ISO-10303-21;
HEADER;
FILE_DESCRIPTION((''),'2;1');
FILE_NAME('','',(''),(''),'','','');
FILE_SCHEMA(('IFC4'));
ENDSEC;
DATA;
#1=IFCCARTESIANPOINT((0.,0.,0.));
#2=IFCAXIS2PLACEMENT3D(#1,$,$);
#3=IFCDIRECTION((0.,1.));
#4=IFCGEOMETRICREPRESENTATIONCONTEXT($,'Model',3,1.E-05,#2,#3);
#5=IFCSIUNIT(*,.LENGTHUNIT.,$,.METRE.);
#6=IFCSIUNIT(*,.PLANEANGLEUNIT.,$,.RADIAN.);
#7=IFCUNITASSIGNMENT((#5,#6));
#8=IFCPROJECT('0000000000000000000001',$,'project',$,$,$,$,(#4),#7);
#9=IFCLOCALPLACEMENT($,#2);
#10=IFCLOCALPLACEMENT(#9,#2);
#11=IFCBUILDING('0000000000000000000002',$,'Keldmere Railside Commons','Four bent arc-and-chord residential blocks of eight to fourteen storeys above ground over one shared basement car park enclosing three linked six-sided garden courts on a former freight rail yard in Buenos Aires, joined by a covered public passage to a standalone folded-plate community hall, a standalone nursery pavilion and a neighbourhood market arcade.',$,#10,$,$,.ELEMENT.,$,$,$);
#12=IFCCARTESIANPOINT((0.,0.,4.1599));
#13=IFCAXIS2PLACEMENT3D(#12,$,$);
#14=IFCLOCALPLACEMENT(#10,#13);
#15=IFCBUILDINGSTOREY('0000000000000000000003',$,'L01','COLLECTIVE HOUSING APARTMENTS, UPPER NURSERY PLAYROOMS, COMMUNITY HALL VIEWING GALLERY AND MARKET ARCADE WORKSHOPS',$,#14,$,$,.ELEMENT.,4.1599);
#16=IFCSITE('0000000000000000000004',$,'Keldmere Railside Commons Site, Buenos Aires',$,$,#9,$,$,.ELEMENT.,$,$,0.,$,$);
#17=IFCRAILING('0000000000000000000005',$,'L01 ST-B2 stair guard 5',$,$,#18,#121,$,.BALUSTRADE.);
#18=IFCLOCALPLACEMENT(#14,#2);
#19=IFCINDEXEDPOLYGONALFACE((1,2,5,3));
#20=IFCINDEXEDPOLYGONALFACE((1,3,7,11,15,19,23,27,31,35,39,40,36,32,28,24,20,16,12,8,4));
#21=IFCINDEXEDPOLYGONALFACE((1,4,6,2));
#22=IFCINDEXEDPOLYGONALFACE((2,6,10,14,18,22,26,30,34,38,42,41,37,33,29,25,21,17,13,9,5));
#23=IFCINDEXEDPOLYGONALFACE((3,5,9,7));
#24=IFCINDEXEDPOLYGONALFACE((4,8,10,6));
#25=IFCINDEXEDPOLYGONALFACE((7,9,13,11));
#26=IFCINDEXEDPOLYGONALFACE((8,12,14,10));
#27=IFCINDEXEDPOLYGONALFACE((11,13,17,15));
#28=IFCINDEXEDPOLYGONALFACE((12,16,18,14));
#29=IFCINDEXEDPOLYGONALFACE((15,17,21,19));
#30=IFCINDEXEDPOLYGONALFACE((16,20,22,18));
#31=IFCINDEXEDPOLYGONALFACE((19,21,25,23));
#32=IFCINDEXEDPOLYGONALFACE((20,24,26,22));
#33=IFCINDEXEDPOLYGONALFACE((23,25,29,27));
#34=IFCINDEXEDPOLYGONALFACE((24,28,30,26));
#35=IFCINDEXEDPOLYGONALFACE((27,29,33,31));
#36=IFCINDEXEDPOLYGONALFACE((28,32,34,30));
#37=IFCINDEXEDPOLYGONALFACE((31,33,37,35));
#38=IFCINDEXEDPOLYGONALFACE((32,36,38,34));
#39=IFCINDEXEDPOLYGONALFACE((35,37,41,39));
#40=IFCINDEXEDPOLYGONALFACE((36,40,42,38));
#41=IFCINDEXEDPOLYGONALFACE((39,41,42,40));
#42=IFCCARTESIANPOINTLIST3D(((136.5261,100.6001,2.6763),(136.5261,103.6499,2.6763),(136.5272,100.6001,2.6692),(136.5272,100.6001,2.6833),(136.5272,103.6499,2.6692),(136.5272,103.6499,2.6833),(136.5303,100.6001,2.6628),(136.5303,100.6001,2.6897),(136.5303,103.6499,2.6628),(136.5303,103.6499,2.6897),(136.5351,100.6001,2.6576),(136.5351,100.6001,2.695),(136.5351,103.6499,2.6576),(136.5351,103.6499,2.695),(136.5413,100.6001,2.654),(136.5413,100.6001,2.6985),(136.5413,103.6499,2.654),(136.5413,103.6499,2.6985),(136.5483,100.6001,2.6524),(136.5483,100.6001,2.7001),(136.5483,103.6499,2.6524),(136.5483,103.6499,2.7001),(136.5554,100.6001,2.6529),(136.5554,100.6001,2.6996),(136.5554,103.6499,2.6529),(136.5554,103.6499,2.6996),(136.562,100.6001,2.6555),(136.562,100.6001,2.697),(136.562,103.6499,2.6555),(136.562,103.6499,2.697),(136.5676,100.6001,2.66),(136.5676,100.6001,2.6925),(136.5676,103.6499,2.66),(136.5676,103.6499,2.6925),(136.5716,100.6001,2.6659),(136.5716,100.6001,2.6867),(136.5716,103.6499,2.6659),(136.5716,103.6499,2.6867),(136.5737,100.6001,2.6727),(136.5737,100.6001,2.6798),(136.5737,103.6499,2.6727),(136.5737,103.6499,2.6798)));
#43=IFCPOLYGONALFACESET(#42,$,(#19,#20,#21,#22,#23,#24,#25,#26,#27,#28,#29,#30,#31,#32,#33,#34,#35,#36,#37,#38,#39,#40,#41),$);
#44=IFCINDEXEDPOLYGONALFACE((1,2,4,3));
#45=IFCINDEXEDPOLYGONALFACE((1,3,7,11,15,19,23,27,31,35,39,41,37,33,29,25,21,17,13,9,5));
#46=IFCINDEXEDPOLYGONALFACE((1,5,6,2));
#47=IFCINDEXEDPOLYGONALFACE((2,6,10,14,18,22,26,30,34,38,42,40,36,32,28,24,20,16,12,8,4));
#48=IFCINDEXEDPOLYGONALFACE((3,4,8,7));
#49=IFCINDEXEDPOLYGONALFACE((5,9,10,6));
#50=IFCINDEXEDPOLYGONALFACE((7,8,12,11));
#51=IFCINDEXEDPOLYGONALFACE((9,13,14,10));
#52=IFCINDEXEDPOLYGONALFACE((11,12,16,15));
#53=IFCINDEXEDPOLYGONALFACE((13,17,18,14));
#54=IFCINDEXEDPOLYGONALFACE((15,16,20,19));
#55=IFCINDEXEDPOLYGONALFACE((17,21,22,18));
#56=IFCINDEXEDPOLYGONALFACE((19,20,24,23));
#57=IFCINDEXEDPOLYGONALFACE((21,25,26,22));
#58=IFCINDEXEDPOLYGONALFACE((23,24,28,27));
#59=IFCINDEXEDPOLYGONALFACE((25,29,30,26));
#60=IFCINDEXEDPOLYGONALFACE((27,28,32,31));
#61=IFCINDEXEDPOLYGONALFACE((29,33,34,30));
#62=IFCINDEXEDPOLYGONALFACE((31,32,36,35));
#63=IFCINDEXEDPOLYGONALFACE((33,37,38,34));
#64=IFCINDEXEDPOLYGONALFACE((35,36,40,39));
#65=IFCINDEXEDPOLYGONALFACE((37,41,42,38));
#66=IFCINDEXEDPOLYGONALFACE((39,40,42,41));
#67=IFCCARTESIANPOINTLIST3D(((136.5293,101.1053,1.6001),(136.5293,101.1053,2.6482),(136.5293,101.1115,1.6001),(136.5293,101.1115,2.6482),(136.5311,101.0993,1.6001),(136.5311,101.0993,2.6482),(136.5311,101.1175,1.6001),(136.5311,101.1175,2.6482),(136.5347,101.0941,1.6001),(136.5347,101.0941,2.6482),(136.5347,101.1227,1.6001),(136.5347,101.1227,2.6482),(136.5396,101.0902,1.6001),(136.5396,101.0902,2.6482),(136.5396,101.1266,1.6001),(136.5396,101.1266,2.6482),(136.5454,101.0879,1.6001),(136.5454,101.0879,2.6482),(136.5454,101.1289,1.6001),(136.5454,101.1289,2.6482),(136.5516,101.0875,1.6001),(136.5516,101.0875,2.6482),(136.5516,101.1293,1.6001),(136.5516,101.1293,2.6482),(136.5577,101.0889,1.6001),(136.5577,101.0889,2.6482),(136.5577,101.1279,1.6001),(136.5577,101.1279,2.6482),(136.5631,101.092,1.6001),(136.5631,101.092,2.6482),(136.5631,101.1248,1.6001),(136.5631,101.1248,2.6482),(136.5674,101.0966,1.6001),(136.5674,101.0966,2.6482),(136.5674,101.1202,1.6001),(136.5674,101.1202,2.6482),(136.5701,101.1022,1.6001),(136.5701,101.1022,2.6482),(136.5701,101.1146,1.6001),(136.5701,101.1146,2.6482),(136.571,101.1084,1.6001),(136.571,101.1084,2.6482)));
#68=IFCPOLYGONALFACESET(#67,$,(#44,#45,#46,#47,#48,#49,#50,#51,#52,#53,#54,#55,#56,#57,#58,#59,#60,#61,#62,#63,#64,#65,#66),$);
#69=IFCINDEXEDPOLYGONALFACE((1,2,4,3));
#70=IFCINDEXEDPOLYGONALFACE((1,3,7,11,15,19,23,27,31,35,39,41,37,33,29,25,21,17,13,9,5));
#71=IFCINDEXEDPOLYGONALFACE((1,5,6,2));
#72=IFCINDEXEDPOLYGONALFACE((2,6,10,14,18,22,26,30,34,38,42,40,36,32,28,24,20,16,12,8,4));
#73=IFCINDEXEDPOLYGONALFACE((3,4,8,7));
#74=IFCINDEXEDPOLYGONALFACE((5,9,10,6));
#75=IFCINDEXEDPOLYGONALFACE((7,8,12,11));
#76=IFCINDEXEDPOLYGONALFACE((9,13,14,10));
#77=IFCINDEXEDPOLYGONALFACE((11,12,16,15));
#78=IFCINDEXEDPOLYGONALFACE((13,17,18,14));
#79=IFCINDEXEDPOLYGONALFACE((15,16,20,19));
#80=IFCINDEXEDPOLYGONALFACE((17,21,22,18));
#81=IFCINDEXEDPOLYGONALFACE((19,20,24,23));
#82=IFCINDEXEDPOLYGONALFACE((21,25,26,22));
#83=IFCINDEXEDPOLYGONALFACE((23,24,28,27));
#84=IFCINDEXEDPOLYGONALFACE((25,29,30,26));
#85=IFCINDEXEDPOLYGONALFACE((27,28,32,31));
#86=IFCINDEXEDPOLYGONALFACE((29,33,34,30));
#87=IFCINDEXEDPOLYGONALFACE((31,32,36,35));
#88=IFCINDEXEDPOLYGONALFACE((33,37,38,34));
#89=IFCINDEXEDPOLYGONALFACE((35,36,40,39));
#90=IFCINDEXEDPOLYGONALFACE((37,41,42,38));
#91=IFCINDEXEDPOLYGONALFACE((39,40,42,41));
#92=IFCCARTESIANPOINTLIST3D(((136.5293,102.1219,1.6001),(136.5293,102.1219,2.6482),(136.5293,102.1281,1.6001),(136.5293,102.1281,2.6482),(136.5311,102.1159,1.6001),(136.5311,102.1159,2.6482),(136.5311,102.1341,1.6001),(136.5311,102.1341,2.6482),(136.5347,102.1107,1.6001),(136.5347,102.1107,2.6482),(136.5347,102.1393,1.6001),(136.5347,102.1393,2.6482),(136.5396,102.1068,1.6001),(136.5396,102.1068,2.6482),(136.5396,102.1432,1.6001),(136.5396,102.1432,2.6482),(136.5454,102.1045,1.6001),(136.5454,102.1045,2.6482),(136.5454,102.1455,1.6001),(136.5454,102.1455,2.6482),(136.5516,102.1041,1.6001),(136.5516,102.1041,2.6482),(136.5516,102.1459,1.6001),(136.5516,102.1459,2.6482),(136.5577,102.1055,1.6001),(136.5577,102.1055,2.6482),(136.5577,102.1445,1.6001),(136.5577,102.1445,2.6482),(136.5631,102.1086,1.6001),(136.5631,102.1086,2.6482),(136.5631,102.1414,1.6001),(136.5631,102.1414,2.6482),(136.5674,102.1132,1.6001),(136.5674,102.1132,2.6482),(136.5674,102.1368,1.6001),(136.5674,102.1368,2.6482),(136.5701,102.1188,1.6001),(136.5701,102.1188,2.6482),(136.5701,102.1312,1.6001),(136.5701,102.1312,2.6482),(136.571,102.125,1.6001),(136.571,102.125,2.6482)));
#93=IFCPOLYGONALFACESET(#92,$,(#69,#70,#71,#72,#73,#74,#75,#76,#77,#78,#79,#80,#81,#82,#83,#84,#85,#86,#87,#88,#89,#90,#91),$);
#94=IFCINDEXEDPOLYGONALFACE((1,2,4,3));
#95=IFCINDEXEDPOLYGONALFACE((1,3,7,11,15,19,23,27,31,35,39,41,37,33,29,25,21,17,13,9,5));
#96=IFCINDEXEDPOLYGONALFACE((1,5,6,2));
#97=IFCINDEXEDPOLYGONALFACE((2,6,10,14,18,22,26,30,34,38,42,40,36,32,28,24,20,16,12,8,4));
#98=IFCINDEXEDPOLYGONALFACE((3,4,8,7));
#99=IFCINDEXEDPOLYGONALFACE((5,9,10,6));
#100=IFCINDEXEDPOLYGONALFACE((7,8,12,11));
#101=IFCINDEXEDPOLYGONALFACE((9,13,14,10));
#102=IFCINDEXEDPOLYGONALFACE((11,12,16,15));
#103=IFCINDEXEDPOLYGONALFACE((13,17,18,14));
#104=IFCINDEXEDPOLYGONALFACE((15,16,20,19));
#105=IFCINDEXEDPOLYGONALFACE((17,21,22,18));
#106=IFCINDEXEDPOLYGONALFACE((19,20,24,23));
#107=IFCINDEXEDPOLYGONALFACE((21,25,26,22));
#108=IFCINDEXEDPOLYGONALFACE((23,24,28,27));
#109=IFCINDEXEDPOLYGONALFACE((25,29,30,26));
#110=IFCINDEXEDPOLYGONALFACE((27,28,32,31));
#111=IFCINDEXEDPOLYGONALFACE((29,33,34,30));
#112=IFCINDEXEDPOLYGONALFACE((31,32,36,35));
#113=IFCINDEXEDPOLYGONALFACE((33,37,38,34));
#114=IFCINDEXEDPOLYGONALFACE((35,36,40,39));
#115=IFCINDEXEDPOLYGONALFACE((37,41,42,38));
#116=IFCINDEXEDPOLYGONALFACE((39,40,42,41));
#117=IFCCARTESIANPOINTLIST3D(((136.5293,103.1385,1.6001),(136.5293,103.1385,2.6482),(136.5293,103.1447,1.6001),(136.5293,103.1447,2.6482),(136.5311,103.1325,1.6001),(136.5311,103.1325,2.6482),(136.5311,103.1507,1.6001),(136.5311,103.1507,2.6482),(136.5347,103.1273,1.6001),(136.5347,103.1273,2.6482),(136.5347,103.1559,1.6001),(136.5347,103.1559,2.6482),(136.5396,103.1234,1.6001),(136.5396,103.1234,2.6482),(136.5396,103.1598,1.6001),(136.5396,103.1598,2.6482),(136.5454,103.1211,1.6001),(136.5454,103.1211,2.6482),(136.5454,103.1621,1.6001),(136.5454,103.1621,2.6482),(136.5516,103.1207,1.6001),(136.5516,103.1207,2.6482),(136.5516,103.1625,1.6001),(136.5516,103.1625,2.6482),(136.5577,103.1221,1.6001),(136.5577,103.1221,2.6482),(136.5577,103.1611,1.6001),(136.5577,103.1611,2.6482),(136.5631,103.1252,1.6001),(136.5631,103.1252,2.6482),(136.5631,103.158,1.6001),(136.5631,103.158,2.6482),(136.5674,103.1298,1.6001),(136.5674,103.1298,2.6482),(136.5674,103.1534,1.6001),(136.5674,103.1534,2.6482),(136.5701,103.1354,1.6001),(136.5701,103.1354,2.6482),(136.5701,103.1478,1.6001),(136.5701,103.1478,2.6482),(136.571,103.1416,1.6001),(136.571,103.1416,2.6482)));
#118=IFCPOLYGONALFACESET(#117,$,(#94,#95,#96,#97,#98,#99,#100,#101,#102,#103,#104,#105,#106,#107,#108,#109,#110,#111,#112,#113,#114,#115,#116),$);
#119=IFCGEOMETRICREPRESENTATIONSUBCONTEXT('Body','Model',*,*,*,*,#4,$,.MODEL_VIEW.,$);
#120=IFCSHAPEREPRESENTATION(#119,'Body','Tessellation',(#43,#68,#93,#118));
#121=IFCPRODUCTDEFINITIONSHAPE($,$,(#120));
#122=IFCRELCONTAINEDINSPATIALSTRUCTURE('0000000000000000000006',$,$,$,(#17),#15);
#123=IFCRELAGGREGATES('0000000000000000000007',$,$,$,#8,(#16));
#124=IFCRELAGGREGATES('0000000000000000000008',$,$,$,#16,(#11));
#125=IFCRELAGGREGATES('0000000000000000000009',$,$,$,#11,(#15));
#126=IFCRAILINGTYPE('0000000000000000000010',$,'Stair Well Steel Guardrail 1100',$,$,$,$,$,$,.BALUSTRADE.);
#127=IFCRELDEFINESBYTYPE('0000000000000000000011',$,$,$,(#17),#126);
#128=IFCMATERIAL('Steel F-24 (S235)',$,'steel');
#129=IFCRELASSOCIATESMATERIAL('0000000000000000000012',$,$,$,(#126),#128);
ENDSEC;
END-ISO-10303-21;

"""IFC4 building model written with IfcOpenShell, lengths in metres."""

from ifc_helpers import new_model, si_unit, direction, frame, origin, origin_2d, place, context, subcontext, project, spatial, circle, extrude, material, type_object, element, save


model = new_model("IFC4")

# Units and contexts
model_context = context("Model", 3, precision=1e-05, world=origin(), true_north=direction((0.0, 1.0)))
body_context = subcontext(model_context, "Body", "Model", "MODEL_VIEW")
ifc_project = project(units=[si_unit("LENGTHUNIT", "METRE"), si_unit("PLANEANGLEUNIT", "RADIAN")], contexts=[model_context])

# Site, building, storey
site_placement = place(None, origin())
site = spatial("IfcSite", under=ifc_project, at=site_placement, Name="Keldmere Railside Commons Site, Buenos Aires", CompositionType="ELEMENT", RefElevation=0.0)
building_placement = place(site_placement, origin())
building = spatial("IfcBuilding", under=site, at=building_placement, Name="Keldmere Railside Commons", Description="Four bent arc-and-chord residential blocks of eight to fourteen storeys above ground over one shared basement car park enclosing three linked six-sided garden courts on a former freight rail yard in Buenos Aires, joined by a covered public passage to a standalone folded-plate community hall, a standalone nursery pavilion and a neighbourhood market arcade.", CompositionType="ELEMENT")
storey_placement = place(building_placement, frame((0.0, 0.0, 4.1599)))
storey = spatial("IfcBuildingStorey", under=building, at=storey_placement, Name="L01", Description="COLLECTIVE HOUSING APARTMENTS, UPPER NURSERY PLAYROOMS, COMMUNITY HALL VIEWING GALLERY AND MARKET ARCADE WORKSHOPS", CompositionType="ELEMENT", Elevation=4.1599)

# Shared definitions
ifc_material_1 = material(Name="Steel F-24 (S235)", Category="steel")

# Railing
railing_type_1 = type_object("IfcRailingType", Name="Stair Well Steel Guardrail 1100", PredefinedType="BALUSTRADE", material=ifc_material_1)
railing_1_placement = place(storey_placement, frame((136.55, 100.6001, 1.6001)))
element("IfcRailing", 1, at=railing_1_placement, inside=storey, type_object=railing_type_1, Name="L01 ST-B2 stair guard 5", PredefinedType="BALUSTRADE", context=body_context, shape_type="SweptSolid", body=[
    extrude(circle(Radius=0.0239, at=origin_2d()), frame((0.0, 0.0, 1.0762), z_axis=(0.0, 1.0, 0.0), x_axis=(-1.0, 0.0, 0.0)), (0.0, 0.0, 1.0), 3.0498),
    extrude(circle(Radius=0.021, at=origin_2d()), frame((0.0, 0.5083, 0.0)), (0.0, 0.0, 1.0), 1.0481),
    extrude(circle(Radius=0.021, at=origin_2d()), frame((0.0, 1.5249, 0.0)), (0.0, 0.0, 1.0), 1.0481),
    extrude(circle(Radius=0.021, at=origin_2d()), frame((0.0, 2.5415, 0.0)), (0.0, 0.0, 1.0), 1.0481),
])

save(model, "model.ifc")
